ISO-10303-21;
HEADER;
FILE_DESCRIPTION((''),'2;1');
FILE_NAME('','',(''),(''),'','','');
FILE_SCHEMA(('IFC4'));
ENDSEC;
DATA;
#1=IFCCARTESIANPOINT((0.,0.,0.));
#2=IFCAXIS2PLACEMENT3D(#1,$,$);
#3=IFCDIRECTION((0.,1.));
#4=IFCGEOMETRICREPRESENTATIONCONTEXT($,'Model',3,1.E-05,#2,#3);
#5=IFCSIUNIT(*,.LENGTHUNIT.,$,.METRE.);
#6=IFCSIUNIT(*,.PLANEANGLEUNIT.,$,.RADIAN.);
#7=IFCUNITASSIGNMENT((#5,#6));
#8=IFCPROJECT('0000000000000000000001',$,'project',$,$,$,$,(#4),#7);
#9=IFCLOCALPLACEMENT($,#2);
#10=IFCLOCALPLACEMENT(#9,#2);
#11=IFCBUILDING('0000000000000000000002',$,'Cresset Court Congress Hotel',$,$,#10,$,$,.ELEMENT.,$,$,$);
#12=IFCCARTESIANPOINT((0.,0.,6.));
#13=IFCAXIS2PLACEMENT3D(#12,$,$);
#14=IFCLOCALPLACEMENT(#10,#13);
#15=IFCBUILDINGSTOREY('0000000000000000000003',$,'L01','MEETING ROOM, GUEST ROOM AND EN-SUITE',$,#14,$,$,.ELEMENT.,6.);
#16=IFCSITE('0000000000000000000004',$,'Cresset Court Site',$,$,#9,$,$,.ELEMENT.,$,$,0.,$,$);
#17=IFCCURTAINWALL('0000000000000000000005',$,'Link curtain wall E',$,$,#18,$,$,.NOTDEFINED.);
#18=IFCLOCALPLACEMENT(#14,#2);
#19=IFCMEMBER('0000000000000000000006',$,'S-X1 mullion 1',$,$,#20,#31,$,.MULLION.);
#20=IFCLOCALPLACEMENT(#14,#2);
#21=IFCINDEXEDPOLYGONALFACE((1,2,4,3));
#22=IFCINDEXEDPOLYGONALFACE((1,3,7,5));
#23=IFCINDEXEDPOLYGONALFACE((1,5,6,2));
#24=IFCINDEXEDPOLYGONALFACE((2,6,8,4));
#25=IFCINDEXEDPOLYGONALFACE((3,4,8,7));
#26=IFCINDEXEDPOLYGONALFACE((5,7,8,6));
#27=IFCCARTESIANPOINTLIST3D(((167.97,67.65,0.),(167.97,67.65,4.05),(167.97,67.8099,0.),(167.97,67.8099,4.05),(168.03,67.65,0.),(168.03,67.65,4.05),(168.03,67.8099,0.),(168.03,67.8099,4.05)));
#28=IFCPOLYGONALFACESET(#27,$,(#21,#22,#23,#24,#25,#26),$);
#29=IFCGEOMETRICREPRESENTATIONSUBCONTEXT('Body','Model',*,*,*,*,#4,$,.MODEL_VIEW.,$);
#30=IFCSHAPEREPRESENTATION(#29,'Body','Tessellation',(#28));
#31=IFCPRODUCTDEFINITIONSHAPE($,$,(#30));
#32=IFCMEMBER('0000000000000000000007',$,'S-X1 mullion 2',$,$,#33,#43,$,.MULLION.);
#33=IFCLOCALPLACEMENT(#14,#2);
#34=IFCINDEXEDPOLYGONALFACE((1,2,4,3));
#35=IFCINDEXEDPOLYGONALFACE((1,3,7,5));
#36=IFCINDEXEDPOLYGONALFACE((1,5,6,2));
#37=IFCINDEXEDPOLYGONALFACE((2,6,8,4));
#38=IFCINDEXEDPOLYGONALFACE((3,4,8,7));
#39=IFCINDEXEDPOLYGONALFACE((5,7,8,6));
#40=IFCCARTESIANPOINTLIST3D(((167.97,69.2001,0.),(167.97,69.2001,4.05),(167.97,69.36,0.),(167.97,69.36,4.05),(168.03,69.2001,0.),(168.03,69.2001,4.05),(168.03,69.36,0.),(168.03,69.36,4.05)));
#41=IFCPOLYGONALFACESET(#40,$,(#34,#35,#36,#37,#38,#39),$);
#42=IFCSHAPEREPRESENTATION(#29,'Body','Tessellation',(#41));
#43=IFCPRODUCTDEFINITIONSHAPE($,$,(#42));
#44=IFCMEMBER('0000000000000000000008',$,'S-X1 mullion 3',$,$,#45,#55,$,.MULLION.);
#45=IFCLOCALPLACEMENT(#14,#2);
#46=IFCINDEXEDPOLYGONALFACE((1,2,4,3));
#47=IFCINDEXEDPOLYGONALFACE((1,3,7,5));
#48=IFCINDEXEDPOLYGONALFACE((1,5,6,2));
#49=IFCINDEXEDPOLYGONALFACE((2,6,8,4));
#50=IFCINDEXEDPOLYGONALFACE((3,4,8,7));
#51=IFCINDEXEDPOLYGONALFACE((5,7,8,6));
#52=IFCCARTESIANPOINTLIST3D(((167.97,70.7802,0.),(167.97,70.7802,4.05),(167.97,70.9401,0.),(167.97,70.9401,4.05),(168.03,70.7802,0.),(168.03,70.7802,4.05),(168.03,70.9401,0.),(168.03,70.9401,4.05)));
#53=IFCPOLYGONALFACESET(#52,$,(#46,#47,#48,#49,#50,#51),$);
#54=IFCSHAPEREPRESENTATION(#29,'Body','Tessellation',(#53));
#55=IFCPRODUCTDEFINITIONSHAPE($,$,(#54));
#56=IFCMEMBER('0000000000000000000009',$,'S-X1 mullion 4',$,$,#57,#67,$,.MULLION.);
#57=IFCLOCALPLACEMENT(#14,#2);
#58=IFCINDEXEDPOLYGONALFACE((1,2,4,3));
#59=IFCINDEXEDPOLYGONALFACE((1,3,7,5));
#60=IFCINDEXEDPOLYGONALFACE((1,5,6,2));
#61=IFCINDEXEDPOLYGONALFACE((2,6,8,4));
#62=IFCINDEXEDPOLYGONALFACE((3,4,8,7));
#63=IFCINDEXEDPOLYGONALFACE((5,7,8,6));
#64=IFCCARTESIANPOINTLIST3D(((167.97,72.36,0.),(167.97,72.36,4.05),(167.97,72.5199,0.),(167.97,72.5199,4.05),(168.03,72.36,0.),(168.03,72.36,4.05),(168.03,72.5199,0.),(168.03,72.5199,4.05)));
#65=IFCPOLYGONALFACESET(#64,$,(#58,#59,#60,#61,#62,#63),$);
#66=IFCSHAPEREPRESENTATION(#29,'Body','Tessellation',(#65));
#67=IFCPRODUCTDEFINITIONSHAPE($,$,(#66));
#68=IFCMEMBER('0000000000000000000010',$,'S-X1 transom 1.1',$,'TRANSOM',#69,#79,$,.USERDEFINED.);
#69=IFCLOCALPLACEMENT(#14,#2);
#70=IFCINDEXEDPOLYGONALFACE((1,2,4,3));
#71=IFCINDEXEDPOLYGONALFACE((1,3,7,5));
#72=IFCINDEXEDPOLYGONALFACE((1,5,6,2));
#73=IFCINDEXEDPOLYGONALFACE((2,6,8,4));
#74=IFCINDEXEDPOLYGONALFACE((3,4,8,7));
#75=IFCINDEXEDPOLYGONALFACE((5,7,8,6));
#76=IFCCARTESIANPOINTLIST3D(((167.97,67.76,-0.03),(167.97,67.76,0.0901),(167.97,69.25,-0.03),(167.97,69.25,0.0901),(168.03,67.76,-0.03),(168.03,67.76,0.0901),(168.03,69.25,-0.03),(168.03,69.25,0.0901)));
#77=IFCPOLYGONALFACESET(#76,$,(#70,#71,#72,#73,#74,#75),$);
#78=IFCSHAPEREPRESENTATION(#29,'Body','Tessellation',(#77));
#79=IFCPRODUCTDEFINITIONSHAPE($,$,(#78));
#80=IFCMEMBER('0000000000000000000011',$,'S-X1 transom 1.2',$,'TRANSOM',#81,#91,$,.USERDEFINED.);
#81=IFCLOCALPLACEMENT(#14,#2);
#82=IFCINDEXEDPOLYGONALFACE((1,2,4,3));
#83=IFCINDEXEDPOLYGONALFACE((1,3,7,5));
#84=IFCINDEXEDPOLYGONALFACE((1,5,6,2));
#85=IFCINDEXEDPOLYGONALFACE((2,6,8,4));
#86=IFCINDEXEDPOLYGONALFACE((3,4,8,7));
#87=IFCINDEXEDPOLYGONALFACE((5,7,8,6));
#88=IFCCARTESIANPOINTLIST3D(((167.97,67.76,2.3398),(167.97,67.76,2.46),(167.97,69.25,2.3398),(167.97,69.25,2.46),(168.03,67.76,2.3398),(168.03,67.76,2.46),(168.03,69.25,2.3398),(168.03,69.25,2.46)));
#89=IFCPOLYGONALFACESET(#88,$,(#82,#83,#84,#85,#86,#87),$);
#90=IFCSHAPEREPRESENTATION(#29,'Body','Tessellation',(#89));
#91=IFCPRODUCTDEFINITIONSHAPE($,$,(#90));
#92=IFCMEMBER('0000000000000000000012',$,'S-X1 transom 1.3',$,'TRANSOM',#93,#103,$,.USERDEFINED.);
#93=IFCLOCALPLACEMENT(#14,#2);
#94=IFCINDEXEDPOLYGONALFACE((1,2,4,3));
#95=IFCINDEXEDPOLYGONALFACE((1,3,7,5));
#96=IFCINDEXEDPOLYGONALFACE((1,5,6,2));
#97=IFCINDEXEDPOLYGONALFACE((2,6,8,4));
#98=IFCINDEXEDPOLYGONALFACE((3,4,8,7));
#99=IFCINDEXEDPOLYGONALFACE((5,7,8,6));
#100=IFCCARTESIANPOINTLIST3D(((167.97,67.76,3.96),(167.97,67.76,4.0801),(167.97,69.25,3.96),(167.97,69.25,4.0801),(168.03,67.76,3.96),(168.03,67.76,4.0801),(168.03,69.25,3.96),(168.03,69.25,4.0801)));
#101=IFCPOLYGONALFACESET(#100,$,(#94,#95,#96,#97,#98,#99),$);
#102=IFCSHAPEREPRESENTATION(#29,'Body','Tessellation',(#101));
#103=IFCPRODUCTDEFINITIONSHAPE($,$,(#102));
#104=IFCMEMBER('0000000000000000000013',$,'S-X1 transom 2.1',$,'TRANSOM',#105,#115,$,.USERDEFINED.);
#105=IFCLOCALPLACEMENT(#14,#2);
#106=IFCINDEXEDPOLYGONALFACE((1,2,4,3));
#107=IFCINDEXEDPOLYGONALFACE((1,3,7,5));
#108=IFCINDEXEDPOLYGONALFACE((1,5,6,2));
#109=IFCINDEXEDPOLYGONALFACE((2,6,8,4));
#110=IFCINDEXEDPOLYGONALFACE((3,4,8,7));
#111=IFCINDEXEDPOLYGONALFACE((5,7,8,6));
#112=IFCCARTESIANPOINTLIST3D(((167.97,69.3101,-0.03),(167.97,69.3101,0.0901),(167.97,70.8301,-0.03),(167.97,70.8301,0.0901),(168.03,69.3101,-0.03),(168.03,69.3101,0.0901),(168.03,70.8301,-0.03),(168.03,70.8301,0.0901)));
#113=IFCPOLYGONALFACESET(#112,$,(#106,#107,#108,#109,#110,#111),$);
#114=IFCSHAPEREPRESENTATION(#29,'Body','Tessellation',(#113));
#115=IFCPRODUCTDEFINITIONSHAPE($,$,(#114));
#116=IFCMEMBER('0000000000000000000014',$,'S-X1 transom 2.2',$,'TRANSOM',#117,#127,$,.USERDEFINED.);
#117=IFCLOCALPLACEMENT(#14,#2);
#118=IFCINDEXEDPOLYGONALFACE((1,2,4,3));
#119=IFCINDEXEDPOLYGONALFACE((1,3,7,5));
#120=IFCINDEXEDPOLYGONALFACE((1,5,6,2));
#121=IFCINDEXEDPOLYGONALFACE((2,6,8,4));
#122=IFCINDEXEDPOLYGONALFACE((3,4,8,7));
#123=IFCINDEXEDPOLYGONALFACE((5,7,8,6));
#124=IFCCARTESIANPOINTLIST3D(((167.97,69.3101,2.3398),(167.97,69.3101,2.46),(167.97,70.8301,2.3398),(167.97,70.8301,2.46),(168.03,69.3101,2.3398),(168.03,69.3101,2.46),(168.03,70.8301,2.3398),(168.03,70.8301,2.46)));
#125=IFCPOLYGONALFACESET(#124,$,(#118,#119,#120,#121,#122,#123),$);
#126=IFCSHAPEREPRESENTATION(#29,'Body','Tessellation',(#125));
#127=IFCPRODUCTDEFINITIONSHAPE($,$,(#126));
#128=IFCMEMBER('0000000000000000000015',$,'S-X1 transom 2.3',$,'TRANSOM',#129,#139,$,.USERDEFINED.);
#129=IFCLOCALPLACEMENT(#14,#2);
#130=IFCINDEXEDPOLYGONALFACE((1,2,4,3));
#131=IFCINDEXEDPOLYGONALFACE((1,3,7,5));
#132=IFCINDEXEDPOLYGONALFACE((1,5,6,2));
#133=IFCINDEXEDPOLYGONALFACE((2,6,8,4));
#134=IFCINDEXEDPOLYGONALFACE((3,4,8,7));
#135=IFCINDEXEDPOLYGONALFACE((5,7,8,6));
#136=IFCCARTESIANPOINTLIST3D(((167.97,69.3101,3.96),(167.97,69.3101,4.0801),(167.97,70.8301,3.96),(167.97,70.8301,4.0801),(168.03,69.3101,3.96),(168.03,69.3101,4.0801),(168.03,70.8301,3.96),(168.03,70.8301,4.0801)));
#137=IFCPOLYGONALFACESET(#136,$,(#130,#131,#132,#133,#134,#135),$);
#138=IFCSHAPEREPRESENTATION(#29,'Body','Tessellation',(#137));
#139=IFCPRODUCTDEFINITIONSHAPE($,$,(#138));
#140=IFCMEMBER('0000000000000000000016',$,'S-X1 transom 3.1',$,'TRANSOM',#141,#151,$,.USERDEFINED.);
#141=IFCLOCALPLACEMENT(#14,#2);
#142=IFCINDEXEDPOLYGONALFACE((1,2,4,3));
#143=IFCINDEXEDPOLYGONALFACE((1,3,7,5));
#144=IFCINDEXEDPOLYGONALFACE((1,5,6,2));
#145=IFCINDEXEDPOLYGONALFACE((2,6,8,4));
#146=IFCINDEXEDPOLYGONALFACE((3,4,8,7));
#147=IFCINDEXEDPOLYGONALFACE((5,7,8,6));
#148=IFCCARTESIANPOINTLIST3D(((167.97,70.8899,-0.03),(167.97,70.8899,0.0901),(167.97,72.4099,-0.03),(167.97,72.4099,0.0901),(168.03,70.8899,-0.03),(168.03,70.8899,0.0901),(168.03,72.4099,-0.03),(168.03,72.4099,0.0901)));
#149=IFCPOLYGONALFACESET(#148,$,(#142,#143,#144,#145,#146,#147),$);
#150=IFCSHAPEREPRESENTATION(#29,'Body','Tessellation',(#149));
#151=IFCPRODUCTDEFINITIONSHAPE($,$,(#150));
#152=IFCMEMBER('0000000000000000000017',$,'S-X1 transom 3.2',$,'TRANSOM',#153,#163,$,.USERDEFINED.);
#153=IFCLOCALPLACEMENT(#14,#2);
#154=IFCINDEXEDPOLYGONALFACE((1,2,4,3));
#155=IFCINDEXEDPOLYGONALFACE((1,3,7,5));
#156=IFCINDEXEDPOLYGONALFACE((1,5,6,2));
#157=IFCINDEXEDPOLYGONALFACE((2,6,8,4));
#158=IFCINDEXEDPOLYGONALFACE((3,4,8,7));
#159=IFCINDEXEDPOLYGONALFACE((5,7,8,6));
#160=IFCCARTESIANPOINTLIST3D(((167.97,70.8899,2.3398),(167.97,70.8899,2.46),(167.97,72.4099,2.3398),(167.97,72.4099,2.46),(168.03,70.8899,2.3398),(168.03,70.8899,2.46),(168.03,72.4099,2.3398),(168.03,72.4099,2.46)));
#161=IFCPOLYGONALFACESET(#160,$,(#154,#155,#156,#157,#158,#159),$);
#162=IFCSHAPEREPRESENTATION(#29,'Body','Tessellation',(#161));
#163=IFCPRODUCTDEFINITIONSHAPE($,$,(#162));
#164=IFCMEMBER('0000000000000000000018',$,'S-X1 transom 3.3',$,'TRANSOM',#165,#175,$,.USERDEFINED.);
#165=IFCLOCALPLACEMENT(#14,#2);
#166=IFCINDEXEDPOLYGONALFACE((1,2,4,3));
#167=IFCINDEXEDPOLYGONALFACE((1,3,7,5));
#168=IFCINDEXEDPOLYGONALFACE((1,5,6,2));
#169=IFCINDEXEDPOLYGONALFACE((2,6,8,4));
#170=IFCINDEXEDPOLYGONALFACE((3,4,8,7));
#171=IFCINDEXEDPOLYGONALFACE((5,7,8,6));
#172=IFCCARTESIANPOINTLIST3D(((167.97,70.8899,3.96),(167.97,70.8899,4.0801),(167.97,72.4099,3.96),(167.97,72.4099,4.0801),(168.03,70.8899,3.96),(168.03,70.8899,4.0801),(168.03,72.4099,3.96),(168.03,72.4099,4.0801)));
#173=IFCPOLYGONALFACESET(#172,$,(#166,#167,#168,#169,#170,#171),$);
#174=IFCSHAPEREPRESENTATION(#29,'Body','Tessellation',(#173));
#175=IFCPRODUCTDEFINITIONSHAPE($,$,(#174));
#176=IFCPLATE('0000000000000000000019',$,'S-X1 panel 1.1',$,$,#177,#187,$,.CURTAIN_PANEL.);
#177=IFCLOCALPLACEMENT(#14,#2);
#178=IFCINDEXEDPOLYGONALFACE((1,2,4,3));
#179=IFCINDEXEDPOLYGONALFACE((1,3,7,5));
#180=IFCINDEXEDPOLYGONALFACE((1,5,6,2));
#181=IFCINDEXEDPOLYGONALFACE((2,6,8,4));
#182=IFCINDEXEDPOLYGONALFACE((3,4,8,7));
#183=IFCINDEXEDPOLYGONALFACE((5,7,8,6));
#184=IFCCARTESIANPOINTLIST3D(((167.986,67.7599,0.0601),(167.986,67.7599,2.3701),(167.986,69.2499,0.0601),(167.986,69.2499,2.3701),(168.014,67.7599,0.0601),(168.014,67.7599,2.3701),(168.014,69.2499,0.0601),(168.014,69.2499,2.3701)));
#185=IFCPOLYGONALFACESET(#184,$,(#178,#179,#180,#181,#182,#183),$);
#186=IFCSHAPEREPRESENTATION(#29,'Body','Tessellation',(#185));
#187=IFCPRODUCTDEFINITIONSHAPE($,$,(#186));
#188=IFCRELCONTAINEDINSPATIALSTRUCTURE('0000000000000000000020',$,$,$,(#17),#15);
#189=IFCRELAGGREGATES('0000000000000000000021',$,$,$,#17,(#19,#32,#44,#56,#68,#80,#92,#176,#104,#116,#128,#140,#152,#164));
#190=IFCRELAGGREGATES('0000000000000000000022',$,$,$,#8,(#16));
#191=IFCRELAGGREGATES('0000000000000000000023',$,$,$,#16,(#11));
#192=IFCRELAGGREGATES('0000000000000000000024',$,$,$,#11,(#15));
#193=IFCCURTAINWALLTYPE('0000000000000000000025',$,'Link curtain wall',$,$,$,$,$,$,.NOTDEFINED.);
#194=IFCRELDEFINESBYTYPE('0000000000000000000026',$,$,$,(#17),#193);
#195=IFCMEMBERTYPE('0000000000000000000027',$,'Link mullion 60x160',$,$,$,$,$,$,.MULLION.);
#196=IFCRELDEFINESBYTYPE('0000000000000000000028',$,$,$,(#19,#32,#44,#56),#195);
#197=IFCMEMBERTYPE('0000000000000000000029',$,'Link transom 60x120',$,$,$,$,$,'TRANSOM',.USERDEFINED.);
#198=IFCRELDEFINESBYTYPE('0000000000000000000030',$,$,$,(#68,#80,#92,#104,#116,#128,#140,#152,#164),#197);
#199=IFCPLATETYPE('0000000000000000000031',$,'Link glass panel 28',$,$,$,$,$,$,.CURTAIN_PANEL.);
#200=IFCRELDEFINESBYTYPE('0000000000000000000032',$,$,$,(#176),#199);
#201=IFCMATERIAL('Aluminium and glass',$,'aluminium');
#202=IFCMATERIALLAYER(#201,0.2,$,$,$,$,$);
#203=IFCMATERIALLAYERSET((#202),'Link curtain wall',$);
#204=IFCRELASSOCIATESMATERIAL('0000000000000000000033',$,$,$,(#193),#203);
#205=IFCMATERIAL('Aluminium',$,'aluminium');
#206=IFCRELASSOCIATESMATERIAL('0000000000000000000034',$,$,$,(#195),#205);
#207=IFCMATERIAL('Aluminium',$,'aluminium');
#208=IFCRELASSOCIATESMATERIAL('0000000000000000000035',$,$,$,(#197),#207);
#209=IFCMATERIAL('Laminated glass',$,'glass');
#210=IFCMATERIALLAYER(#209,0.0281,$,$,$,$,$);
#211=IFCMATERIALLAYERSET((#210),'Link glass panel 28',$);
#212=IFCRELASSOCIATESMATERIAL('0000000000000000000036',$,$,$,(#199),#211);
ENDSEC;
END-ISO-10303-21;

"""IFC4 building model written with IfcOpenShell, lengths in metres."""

from ifc_helpers import new_model, si_unit, direction, frame, origin, origin_2d, place, context, subcontext, project, spatial, rectangle, extrude, material, layer, layer_set, material_profile, profile_set, type_object, element, aggregate, save


model = new_model("IFC4")

# Units and contexts
model_context = context("Model", 3, precision=1e-05, world=origin(), true_north=direction((0.0, 1.0)))
body_context = subcontext(model_context, "Body", "Model", "MODEL_VIEW")
ifc_project = project(units=[si_unit("LENGTHUNIT", "METRE"), si_unit("PLANEANGLEUNIT", "RADIAN")], contexts=[model_context])

# Site, building, storey
site_placement = place(None, origin())
site = spatial("IfcSite", under=ifc_project, at=site_placement, Name="Cresset Court Site", CompositionType="ELEMENT", RefElevation=0.0)
building_placement = place(site_placement, origin())
building = spatial("IfcBuilding", under=site, at=building_placement, Name="Cresset Court Congress Hotel", CompositionType="ELEMENT")
storey_placement = place(building_placement, frame((0.0, 0.0, 6.0)))
storey = spatial("IfcBuildingStorey", under=building, at=storey_placement, Name="L01", Description="MEETING ROOM, GUEST ROOM AND EN-SUITE", CompositionType="ELEMENT", Elevation=6.0)

# Curtain wall, members, plate
ifc_material_1 = material(Name="Aluminium and glass", Category="aluminium")
ifc_layer_1 = layer(ifc_material_1, 0.2)
ifc_layer_set_1 = layer_set([ifc_layer_1], Name="Link curtain wall")
curtain_wall_type = type_object("IfcCurtainWallType", Name="Link curtain wall", PredefinedType="NOTDEFINED", material=ifc_layer_set_1)
curtain_wall_placement = place(storey_placement, origin())
curtain_wall = element("IfcCurtainWall", 1, at=curtain_wall_placement, inside=storey, type_object=curtain_wall_type, Name="Link curtain wall E", PredefinedType="NOTDEFINED")
ifc_material_2 = material(Name="Aluminium", Category="aluminium")
ifc_material_profile_1 = material_profile(ifc_material_2, rectangle(XDim=0.0601, YDim=0.1599, at=origin_2d()), Name="Mullion 60x160")
ifc_profile_set_1 = profile_set([ifc_material_profile_1], Name="Aluminium")
member_type_1 = type_object("IfcMemberType", Name="Link mullion 60x160", PredefinedType="MULLION", material=ifc_profile_set_1)
member_1_placement = place(storey_placement, frame((168.0, 67.73, 0.0), z_axis=(0.0, 0.0, 1.0), x_axis=(-1.0, 0.0, 0.0)))
member_1 = element("IfcMember", 2, at=member_1_placement, type_object=member_type_1, Name="S-X1 mullion 1", PredefinedType="MULLION", context=body_context, shape_type="SweptSolid", body=[
    extrude(rectangle(XDim=0.0601, YDim=0.1599, at=origin_2d()), origin(), (0.0, 0.0, 1.0), 4.05),
])
member_2_placement = place(storey_placement, frame((168.0, 69.28, 0.0), z_axis=(0.0, 0.0, 1.0), x_axis=(-1.0, 0.0, 0.0)))
member_2 = element("IfcMember", 3, at=member_2_placement, type_object=member_type_1, Name="S-X1 mullion 2", PredefinedType="MULLION", context=body_context, shape_type="SweptSolid", body=[
    extrude(rectangle(XDim=0.0601, YDim=0.1599, at=origin_2d()), origin(), (0.0, 0.0, 1.0), 4.05),
])
member_3_placement = place(storey_placement, frame((168.0, 70.8601, 0.0), z_axis=(0.0, 0.0, 1.0), x_axis=(-1.0, 0.0, 0.0)))
member_3 = element("IfcMember", 4, at=member_3_placement, type_object=member_type_1, Name="S-X1 mullion 3", PredefinedType="MULLION", context=body_context, shape_type="SweptSolid", body=[
    extrude(rectangle(XDim=0.0601, YDim=0.1599, at=origin_2d()), origin(), (0.0, 0.0, 1.0), 4.05),
])
member_4_placement = place(storey_placement, frame((168.0, 72.4399, 0.0), z_axis=(0.0, 0.0, 1.0), x_axis=(-1.0, 0.0, 0.0)))
member_4 = element("IfcMember", 5, at=member_4_placement, type_object=member_type_1, Name="S-X1 mullion 4", PredefinedType="MULLION", context=body_context, shape_type="SweptSolid", body=[
    extrude(rectangle(XDim=0.0601, YDim=0.1599, at=origin_2d()), origin(), (0.0, 0.0, 1.0), 4.05),
])
ifc_material_3 = material(Name="Aluminium", Category="aluminium")
ifc_material_profile_2 = material_profile(ifc_material_3, rectangle(XDim=0.0601, YDim=0.1201, at=origin_2d()), Name="Transom 60x120")
ifc_profile_set_2 = profile_set([ifc_material_profile_2], Name="Aluminium")
member_type_2 = type_object("IfcMemberType", Name="Link transom 60x120", ElementType="TRANSOM", PredefinedType="USERDEFINED", material=ifc_profile_set_2)
member_5_placement = place(storey_placement, frame((168.0, 67.76, 0.03), z_axis=(0.0, 1.0, 0.0), x_axis=(-1.0, 0.0, 0.0)))
member_5 = element("IfcMember", 6, at=member_5_placement, type_object=member_type_2, Name="S-X1 transom 1.1", ObjectType="TRANSOM", PredefinedType="USERDEFINED", context=body_context, shape_type="SweptSolid", body=[
    extrude(rectangle(XDim=0.0601, YDim=0.1201, at=origin_2d()), origin(), (0.0, 0.0, 1.0), 1.49),
])
member_6_placement = place(storey_placement, frame((168.0, 67.76, 2.3999), z_axis=(0.0, 1.0, 0.0), x_axis=(-1.0, 0.0, 0.0)))
member_6 = element("IfcMember", 7, at=member_6_placement, type_object=member_type_2, Name="S-X1 transom 1.2", ObjectType="TRANSOM", PredefinedType="USERDEFINED", context=body_context, shape_type="SweptSolid", body=[
    extrude(rectangle(XDim=0.0601, YDim=0.1201, at=origin_2d()), origin(), (0.0, 0.0, 1.0), 1.49),
])
member_7_placement = place(storey_placement, frame((168.0, 67.76, 4.02), z_axis=(0.0, 1.0, 0.0), x_axis=(-1.0, 0.0, 0.0)))
member_7 = element("IfcMember", 8, at=member_7_placement, type_object=member_type_2, Name="S-X1 transom 1.3", ObjectType="TRANSOM", PredefinedType="USERDEFINED", context=body_context, shape_type="SweptSolid", body=[
    extrude(rectangle(XDim=0.0601, YDim=0.1201, at=origin_2d()), origin(), (0.0, 0.0, 1.0), 1.49),
])
member_8_placement = place(storey_placement, frame((168.0, 69.3101, 0.03), z_axis=(0.0, 1.0, 0.0), x_axis=(-1.0, 0.0, 0.0)))
member_8 = element("IfcMember", 9, at=member_8_placement, type_object=member_type_2, Name="S-X1 transom 2.1", ObjectType="TRANSOM", PredefinedType="USERDEFINED", context=body_context, shape_type="SweptSolid", body=[
    extrude(rectangle(XDim=0.0601, YDim=0.1201, at=origin_2d()), origin(), (0.0, 0.0, 1.0), 1.52),
])
member_9_placement = place(storey_placement, frame((168.0, 69.3101, 2.3999), z_axis=(0.0, 1.0, 0.0), x_axis=(-1.0, 0.0, 0.0)))
member_9 = element("IfcMember", 10, at=member_9_placement, type_object=member_type_2, Name="S-X1 transom 2.2", ObjectType="TRANSOM", PredefinedType="USERDEFINED", context=body_context, shape_type="SweptSolid", body=[
    extrude(rectangle(XDim=0.0601, YDim=0.1201, at=origin_2d()), origin(), (0.0, 0.0, 1.0), 1.52),
])
member_10_placement = place(storey_placement, frame((168.0, 69.3101, 4.02), z_axis=(0.0, 1.0, 0.0), x_axis=(-1.0, 0.0, 0.0)))
member_10 = element("IfcMember", 11, at=member_10_placement, type_object=member_type_2, Name="S-X1 transom 2.3", ObjectType="TRANSOM", PredefinedType="USERDEFINED", context=body_context, shape_type="SweptSolid", body=[
    extrude(rectangle(XDim=0.0601, YDim=0.1201, at=origin_2d()), origin(), (0.0, 0.0, 1.0), 1.52),
])
member_11_placement = place(storey_placement, frame((168.0, 70.8899, 0.03), z_axis=(0.0, 1.0, 0.0), x_axis=(-1.0, 0.0, 0.0)))
member_11 = element("IfcMember", 12, at=member_11_placement, type_object=member_type_2, Name="S-X1 transom 3.1", ObjectType="TRANSOM", PredefinedType="USERDEFINED", context=body_context, shape_type="SweptSolid", body=[
    extrude(rectangle(XDim=0.0601, YDim=0.1201, at=origin_2d()), origin(), (0.0, 0.0, 1.0), 1.52),
])
member_12_placement = place(storey_placement, frame((168.0, 70.8899, 2.3999), z_axis=(0.0, 1.0, 0.0), x_axis=(-1.0, 0.0, 0.0)))
member_12 = element("IfcMember", 13, at=member_12_placement, type_object=member_type_2, Name="S-X1 transom 3.2", ObjectType="TRANSOM", PredefinedType="USERDEFINED", context=body_context, shape_type="SweptSolid", body=[
    extrude(rectangle(XDim=0.0601, YDim=0.1201, at=origin_2d()), origin(), (0.0, 0.0, 1.0), 1.52),
])
member_13_placement = place(storey_placement, frame((168.0, 70.8899, 4.02), z_axis=(0.0, 1.0, 0.0), x_axis=(-1.0, 0.0, 0.0)))
member_13 = element("IfcMember", 14, at=member_13_placement, type_object=member_type_2, Name="S-X1 transom 3.3", ObjectType="TRANSOM", PredefinedType="USERDEFINED", context=body_context, shape_type="SweptSolid", body=[
    extrude(rectangle(XDim=0.0601, YDim=0.1201, at=origin_2d()), origin(), (0.0, 0.0, 1.0), 1.52),
])
ifc_material_4 = material(Name="Laminated glass", Category="glass")
ifc_layer_2 = layer(ifc_material_4, 0.0281)
ifc_layer_set_2 = layer_set([ifc_layer_2], Name="Link glass panel 28")
plate_type = type_object("IfcPlateType", Name="Link glass panel 28", PredefinedType="CURTAIN_PANEL", material=ifc_layer_set_2)
plate_1_placement = place(storey_placement, frame((168.0, 68.5049, 0.0601), z_axis=(0.0, 0.0, 1.0), x_axis=(0.0, 1.0, 0.0)))
plate_1 = element("IfcPlate", 15, at=plate_1_placement, type_object=plate_type, Name="S-X1 panel 1.1", PredefinedType="CURTAIN_PANEL", context=body_context, shape_type="SweptSolid", body=[
    extrude(rectangle(XDim=1.49, YDim=0.0281, at=origin_2d()), origin(), (0.0, 0.0, 1.0), 2.3101),
])
aggregate(curtain_wall, [member_1, member_2, member_3, member_4, member_5, member_6, member_7, plate_1, member_8, member_9, member_10, member_11, member_12, member_13])

save(model, "model.ifc")
